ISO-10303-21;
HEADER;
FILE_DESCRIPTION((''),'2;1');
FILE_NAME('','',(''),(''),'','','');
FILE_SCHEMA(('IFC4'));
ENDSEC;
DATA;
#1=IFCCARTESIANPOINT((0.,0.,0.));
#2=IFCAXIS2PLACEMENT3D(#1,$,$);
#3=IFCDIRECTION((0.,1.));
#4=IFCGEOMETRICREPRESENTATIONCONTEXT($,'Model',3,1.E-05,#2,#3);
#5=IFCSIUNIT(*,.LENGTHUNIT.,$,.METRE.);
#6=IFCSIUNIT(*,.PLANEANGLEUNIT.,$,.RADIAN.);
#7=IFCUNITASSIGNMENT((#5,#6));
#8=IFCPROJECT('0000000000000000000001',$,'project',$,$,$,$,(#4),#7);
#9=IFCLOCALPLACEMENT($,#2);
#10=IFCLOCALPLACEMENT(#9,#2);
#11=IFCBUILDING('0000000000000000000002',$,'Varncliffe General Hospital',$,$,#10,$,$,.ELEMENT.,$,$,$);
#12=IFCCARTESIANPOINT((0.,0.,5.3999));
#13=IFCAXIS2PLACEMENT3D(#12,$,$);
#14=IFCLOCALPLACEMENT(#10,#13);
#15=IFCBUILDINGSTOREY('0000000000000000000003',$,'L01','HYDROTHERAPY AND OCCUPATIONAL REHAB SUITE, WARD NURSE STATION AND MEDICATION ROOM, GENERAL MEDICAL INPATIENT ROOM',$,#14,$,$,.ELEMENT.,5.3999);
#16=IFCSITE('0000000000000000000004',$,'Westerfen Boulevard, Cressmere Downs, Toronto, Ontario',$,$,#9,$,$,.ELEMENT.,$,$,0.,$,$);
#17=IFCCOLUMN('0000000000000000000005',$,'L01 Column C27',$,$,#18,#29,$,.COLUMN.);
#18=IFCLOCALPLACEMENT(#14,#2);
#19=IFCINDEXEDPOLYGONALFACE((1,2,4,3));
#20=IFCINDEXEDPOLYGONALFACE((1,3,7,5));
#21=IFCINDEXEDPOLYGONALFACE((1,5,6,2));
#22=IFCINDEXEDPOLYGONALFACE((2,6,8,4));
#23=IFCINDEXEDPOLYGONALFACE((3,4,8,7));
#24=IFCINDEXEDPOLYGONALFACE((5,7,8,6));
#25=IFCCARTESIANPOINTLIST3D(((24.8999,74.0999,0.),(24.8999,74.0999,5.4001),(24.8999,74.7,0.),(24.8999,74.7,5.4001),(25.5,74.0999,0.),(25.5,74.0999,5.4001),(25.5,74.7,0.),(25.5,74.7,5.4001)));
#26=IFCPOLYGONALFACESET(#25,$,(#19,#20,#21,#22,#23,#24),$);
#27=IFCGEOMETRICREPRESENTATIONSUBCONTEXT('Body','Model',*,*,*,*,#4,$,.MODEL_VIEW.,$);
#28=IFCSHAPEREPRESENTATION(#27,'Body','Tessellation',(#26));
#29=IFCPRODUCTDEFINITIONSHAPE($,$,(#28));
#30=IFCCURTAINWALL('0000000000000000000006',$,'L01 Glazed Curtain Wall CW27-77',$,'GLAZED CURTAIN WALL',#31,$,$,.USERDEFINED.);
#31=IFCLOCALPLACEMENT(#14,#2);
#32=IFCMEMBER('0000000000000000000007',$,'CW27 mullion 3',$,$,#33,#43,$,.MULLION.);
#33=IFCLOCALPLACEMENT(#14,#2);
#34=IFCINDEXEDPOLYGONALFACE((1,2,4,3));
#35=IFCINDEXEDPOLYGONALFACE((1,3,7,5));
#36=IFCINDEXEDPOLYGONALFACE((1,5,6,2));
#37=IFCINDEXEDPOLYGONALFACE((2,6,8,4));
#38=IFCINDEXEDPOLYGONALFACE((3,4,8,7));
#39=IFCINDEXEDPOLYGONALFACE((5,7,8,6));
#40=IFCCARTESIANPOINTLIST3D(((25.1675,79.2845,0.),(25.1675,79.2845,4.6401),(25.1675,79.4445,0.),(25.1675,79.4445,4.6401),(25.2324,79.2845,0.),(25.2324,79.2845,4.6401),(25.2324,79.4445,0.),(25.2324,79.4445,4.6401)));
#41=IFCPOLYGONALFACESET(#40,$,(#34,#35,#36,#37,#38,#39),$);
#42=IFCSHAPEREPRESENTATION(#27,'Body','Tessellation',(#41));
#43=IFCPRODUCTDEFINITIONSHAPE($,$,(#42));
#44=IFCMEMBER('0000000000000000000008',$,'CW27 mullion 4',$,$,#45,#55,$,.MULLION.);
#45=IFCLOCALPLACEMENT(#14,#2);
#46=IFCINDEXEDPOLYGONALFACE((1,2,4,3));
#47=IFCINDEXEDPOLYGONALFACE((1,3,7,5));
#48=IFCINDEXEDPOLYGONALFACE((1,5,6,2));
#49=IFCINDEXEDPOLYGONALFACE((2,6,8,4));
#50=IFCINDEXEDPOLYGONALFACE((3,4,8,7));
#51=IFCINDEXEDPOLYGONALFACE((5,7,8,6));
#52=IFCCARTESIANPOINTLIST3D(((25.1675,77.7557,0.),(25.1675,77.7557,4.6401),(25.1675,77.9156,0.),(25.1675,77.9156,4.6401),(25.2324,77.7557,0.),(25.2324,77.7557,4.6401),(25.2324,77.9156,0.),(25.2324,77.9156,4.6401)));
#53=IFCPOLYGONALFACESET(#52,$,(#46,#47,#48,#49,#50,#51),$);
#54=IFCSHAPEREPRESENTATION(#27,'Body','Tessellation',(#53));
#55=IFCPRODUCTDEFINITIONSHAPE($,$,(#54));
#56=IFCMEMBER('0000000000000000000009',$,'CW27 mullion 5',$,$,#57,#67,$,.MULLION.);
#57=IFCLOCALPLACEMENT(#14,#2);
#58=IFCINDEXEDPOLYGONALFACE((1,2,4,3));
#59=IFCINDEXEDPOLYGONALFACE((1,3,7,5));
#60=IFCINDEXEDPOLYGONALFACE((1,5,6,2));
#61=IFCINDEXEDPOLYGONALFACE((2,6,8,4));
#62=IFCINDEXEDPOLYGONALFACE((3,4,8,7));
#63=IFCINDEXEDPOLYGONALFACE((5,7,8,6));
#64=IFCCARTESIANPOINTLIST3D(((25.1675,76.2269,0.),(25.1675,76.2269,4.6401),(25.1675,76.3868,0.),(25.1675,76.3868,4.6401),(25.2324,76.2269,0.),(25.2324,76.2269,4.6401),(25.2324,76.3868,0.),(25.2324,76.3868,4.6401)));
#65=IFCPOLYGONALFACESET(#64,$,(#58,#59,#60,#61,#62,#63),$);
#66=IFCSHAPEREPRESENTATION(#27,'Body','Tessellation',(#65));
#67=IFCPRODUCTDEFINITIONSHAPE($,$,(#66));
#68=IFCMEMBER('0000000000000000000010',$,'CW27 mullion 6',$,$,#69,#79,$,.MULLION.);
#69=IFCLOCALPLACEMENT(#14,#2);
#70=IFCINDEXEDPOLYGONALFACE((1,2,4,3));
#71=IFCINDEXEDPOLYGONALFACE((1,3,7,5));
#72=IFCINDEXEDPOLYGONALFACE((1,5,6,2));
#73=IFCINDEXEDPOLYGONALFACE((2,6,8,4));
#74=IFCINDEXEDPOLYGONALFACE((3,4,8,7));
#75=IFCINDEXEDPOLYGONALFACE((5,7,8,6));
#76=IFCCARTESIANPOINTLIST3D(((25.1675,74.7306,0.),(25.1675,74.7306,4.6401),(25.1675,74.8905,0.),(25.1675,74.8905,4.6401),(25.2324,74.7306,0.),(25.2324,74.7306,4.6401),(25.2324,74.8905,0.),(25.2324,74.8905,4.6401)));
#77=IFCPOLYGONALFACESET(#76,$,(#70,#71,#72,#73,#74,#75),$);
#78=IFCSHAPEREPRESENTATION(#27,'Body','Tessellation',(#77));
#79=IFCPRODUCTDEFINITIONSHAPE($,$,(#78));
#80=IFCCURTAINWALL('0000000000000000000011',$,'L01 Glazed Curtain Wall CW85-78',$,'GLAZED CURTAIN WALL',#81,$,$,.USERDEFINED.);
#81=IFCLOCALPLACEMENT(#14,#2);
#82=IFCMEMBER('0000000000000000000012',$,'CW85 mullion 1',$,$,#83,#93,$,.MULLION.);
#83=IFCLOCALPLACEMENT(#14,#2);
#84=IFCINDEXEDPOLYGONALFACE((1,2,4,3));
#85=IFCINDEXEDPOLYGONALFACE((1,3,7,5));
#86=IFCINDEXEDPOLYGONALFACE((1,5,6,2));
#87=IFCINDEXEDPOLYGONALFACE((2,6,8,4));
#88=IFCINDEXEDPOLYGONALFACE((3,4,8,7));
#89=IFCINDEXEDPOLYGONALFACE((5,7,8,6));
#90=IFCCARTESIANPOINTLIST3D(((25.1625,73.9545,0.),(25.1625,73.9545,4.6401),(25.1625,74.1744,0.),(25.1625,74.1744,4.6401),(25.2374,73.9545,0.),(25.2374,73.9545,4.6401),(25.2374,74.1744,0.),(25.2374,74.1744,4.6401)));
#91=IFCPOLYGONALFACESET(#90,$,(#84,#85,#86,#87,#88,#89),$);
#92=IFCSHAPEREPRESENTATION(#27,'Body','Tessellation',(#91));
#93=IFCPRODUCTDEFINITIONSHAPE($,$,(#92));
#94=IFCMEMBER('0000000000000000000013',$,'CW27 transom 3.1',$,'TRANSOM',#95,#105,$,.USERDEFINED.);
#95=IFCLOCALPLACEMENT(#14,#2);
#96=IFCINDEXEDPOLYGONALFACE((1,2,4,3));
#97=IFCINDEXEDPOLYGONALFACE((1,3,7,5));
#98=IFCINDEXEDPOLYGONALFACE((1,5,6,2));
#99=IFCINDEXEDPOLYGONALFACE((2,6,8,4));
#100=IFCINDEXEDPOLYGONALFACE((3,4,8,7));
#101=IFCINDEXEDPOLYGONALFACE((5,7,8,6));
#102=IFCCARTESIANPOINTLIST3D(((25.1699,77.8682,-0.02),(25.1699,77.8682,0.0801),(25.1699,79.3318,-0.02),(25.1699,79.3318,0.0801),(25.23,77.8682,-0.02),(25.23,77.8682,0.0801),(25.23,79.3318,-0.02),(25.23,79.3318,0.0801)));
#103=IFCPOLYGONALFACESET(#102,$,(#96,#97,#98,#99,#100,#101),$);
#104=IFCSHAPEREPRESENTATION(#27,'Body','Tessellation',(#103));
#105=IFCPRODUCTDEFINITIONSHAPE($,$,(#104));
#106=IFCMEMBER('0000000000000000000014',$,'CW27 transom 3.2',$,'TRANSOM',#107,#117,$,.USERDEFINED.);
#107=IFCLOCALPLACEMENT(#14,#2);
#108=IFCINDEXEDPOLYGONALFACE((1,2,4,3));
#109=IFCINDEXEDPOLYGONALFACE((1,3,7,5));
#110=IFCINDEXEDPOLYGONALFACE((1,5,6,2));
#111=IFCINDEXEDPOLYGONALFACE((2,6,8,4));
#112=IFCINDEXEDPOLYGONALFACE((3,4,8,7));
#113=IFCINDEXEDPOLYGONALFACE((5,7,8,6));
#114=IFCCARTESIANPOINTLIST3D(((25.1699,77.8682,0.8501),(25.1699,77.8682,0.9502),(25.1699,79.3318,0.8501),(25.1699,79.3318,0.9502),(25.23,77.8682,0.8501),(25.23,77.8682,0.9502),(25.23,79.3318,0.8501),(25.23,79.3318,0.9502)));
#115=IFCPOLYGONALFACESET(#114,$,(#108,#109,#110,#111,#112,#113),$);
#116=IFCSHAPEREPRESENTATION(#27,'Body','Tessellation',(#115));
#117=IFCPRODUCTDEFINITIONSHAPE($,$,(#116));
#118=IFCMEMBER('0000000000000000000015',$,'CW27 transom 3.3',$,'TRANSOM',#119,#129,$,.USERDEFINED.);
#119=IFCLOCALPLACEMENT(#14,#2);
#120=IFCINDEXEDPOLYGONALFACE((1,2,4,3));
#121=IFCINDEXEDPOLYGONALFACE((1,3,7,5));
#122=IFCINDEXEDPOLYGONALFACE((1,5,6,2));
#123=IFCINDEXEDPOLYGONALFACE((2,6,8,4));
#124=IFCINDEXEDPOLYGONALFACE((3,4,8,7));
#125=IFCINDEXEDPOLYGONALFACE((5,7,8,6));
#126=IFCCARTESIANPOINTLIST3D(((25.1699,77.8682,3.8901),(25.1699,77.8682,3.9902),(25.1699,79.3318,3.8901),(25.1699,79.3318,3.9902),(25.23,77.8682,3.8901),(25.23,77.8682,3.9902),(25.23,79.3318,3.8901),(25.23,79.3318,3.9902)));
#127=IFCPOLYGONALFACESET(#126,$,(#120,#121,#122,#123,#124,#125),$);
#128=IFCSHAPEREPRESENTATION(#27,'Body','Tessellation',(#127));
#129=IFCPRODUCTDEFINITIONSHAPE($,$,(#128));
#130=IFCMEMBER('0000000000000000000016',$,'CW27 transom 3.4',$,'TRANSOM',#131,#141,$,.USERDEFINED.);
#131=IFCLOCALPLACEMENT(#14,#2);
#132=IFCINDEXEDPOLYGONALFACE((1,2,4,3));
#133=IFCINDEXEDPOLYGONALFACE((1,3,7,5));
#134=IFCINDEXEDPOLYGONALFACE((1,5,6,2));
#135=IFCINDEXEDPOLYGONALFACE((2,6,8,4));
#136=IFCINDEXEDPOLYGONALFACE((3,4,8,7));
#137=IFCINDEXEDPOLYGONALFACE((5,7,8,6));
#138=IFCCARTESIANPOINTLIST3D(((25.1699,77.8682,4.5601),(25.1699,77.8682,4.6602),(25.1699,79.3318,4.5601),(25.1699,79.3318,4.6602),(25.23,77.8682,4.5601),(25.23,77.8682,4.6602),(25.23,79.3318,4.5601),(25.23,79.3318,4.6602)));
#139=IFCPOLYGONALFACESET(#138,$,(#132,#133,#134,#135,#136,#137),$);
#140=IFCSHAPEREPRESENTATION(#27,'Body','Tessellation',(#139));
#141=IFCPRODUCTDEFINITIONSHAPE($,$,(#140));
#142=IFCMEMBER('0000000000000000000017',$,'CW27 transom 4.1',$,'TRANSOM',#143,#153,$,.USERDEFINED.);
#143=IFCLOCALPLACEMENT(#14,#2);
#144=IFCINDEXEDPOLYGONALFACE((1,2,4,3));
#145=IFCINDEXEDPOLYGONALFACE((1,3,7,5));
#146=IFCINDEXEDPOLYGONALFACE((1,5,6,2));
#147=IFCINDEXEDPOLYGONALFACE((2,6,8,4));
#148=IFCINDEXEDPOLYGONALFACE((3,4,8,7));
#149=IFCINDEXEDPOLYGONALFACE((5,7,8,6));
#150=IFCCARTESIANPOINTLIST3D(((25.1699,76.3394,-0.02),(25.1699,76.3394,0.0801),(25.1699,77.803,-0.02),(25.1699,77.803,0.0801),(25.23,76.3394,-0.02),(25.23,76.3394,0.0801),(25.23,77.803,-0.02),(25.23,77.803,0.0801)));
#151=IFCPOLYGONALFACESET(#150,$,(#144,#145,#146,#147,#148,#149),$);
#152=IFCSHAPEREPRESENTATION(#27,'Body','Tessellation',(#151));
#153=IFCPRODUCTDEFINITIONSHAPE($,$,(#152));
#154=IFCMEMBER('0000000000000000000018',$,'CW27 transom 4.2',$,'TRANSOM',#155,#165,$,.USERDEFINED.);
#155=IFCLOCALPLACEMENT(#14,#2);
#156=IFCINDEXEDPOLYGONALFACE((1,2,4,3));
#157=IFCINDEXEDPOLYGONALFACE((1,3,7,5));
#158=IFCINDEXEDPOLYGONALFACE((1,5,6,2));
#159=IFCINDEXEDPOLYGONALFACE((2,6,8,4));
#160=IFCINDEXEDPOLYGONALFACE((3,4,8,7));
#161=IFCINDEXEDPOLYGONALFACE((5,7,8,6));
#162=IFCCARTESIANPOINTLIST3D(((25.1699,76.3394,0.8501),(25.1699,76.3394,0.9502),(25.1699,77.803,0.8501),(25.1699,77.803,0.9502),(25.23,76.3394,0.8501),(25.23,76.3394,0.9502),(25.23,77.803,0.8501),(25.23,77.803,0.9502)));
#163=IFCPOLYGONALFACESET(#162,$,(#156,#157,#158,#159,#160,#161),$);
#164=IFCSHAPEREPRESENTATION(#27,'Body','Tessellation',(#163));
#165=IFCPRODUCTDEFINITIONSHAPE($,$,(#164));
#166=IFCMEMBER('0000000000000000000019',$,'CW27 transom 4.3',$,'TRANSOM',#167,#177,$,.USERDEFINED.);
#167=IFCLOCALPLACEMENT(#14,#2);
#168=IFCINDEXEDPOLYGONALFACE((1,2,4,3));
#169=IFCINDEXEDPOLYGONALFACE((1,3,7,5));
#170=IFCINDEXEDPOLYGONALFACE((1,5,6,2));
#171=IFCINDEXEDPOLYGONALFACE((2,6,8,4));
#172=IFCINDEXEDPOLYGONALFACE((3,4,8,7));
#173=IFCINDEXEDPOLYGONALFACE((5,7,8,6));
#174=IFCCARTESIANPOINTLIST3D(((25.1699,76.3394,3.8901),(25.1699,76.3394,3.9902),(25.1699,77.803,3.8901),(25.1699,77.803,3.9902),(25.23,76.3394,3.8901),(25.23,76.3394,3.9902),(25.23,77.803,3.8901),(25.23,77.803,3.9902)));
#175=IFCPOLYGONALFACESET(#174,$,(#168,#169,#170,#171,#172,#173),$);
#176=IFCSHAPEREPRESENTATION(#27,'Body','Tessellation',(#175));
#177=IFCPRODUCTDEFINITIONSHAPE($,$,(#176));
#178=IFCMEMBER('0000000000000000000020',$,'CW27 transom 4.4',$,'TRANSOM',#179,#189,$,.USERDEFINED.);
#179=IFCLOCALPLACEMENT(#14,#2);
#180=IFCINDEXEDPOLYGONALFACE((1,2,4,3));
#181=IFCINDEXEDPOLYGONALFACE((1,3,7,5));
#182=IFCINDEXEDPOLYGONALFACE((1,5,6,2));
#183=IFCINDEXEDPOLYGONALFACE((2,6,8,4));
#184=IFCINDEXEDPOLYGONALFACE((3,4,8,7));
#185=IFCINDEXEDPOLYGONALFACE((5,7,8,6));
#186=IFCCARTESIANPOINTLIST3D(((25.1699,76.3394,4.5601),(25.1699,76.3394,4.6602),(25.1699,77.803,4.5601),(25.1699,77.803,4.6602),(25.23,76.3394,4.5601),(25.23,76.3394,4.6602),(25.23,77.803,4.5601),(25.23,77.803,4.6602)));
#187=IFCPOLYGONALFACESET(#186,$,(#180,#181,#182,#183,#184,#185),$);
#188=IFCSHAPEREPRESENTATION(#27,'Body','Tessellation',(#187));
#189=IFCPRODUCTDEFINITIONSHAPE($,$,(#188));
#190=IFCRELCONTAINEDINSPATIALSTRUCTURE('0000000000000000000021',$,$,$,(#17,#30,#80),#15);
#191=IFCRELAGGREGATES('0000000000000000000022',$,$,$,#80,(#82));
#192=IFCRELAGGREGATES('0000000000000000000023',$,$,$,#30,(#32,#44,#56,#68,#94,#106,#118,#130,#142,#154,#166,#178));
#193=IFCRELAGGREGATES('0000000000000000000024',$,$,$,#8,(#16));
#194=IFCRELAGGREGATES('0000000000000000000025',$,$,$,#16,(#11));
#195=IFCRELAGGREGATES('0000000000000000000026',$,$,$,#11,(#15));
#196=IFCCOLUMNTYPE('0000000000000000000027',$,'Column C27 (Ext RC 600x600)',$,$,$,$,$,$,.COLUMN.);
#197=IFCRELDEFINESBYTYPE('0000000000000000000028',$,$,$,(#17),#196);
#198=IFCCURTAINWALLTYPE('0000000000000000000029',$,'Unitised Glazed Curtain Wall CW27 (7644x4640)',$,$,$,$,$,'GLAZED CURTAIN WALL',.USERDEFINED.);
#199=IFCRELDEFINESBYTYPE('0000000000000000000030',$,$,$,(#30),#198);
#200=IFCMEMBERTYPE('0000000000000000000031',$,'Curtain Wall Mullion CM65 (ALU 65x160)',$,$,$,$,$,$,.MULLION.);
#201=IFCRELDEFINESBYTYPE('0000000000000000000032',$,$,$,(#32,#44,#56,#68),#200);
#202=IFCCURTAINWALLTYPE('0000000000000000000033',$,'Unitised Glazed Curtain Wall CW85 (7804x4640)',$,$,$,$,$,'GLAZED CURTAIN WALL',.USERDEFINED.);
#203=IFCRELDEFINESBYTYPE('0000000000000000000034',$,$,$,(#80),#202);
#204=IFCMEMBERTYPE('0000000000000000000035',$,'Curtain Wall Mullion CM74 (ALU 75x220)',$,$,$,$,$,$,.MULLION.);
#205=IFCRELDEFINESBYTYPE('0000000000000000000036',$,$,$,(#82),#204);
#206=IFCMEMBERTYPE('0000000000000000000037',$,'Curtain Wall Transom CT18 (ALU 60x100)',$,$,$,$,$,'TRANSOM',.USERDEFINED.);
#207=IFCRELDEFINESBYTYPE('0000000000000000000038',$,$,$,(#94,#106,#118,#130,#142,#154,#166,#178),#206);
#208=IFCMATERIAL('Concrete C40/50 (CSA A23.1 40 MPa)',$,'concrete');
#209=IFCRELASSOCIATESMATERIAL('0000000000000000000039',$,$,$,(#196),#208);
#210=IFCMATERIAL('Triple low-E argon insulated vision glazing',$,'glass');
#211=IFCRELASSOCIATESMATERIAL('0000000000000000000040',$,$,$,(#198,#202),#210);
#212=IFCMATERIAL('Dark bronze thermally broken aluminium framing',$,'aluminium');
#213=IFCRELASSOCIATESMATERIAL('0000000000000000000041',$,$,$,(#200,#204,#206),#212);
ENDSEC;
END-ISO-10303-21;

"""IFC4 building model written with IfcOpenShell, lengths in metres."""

from ifc_helpers import new_model, si_unit, direction, frame, origin, origin_2d, place, context, subcontext, project, spatial, rectangle, extrude, material, material_profile, profile_set, type_object, element, aggregate, save


model = new_model("IFC4")

# Units and contexts
model_context = context("Model", 3, precision=1e-05, world=origin(), true_north=direction((0.0, 1.0)))
body_context = subcontext(model_context, "Body", "Model", "MODEL_VIEW")
ifc_project = project(units=[si_unit("LENGTHUNIT", "METRE"), si_unit("PLANEANGLEUNIT", "RADIAN")], contexts=[model_context])

# Site, building, storey
site_placement = place(None, origin())
site = spatial("IfcSite", under=ifc_project, at=site_placement, Name="Westerfen Boulevard, Cressmere Downs, Toronto, Ontario", CompositionType="ELEMENT", RefElevation=0.0)
building_placement = place(site_placement, origin())
building = spatial("IfcBuilding", under=site, at=building_placement, Name="Varncliffe General Hospital", CompositionType="ELEMENT")
storey_placement = place(building_placement, frame((0.0, 0.0, 5.3999)))
storey = spatial("IfcBuildingStorey", under=building, at=storey_placement, Name="L01", Description="HYDROTHERAPY AND OCCUPATIONAL REHAB SUITE, WARD NURSE STATION AND MEDICATION ROOM, GENERAL MEDICAL INPATIENT ROOM", CompositionType="ELEMENT", Elevation=5.3999)

# Column
ifc_material_1 = material(Name="Concrete C40/50 (CSA A23.1 40 MPa)", Category="concrete")
ifc_material_profile_1 = material_profile(ifc_material_1, rectangle(XDim=0.6001, YDim=0.6001, at=origin_2d()), Name="RC 600x600")
ifc_profile_set_1 = profile_set([ifc_material_profile_1], Name="Concrete C40/50 (CSA A23.1 40 MPa)")
column_type = type_object("IfcColumnType", Name="Column C27 (Ext RC 600x600)", PredefinedType="COLUMN", material=ifc_profile_set_1)
column_placement = place(storey_placement, frame((25.2, 74.3999, 0.0), z_axis=(0.0, 0.0, 1.0), x_axis=(1.0, 0.0, 0.0)))
element("IfcColumn", 1, at=column_placement, inside=storey, type_object=column_type, Name="L01 Column C27", PredefinedType="COLUMN", context=body_context, shape_type="SweptSolid", body=[
    extrude(rectangle(XDim=0.6001, YDim=0.6001, at=origin_2d()), origin(), (0.0, 0.0, 1.0), 5.4001),
])

# Curtain wall, members
ifc_material_2 = material(Name="Triple low-E argon insulated vision glazing", Category="glass")
curtain_wall_type_1 = type_object("IfcCurtainWallType", Name="Unitised Glazed Curtain Wall CW27 (7644x4640)", ElementType="GLAZED CURTAIN WALL", PredefinedType="USERDEFINED", material=ifc_material_2)
curtain_wall_1_placement = place(storey_placement, origin())
curtain_wall_1 = element("IfcCurtainWall", 2, at=curtain_wall_1_placement, inside=storey, type_object=curtain_wall_type_1, Name="L01 Glazed Curtain Wall CW27-77", ObjectType="GLAZED CURTAIN WALL", PredefinedType="USERDEFINED")
ifc_material_3 = material(Name="Dark bronze thermally broken aluminium framing", Category="aluminium")
ifc_material_profile_2 = material_profile(ifc_material_3, rectangle(XDim=0.0649, YDim=0.1599, at=origin_2d()), Name="ALU 65x160")
ifc_profile_set_2 = profile_set([ifc_material_profile_2], Name="Dark bronze thermally broken aluminium framing")
member_type_1 = type_object("IfcMemberType", Name="Curtain Wall Mullion CM65 (ALU 65x160)", PredefinedType="MULLION", material=ifc_profile_set_2)
member_1_placement = place(storey_placement, frame((25.2, 79.3645, 0.0), z_axis=(0.0, 0.0, 1.0), x_axis=(1.0, 0.0, 0.0)))
member_1 = element("IfcMember", 3, at=member_1_placement, type_object=member_type_1, Name="CW27 mullion 3", PredefinedType="MULLION", context=body_context, shape_type="SweptSolid", body=[
    extrude(rectangle(XDim=0.0649, YDim=0.1599, at=origin_2d()), origin(), (0.0, 0.0, 1.0), 4.6401),
])
member_2_placement = place(storey_placement, frame((25.2, 77.8357, 0.0), z_axis=(0.0, 0.0, 1.0), x_axis=(1.0, 0.0, 0.0)))
member_2 = element("IfcMember", 4, at=member_2_placement, type_object=member_type_1, Name="CW27 mullion 4", PredefinedType="MULLION", context=body_context, shape_type="SweptSolid", body=[
    extrude(rectangle(XDim=0.0649, YDim=0.1599, at=origin_2d()), origin(), (0.0, 0.0, 1.0), 4.6401),
])
member_3_placement = place(storey_placement, frame((25.2, 76.3069, 0.0), z_axis=(0.0, 0.0, 1.0), x_axis=(1.0, 0.0, 0.0)))
member_3 = element("IfcMember", 5, at=member_3_placement, type_object=member_type_1, Name="CW27 mullion 5", PredefinedType="MULLION", context=body_context, shape_type="SweptSolid", body=[
    extrude(rectangle(XDim=0.0649, YDim=0.1599, at=origin_2d()), origin(), (0.0, 0.0, 1.0), 4.6401),
])
member_4_placement = place(storey_placement, frame((25.2, 74.8105, 0.0), z_axis=(0.0, 0.0, 1.0), x_axis=(1.0, 0.0, 0.0)))
member_4 = element("IfcMember", 6, at=member_4_placement, type_object=member_type_1, Name="CW27 mullion 6", PredefinedType="MULLION", context=body_context, shape_type="SweptSolid", body=[
    extrude(rectangle(XDim=0.0649, YDim=0.1599, at=origin_2d()), origin(), (0.0, 0.0, 1.0), 4.6401),
])

# Curtain wall, member
curtain_wall_type_2 = type_object("IfcCurtainWallType", Name="Unitised Glazed Curtain Wall CW85 (7804x4640)", ElementType="GLAZED CURTAIN WALL", PredefinedType="USERDEFINED", material=ifc_material_2)
curtain_wall_2_placement = place(storey_placement, origin())
curtain_wall_2 = element("IfcCurtainWall", 7, at=curtain_wall_2_placement, inside=storey, type_object=curtain_wall_type_2, Name="L01 Glazed Curtain Wall CW85-78", ObjectType="GLAZED CURTAIN WALL", PredefinedType="USERDEFINED")
ifc_material_profile_3 = material_profile(ifc_material_3, rectangle(XDim=0.075, YDim=0.22, at=origin_2d()), Name="ALU 75x220")
ifc_profile_set_3 = profile_set([ifc_material_profile_3], Name="Dark bronze thermally broken aluminium framing")
member_type_2 = type_object("IfcMemberType", Name="Curtain Wall Mullion CM74 (ALU 75x220)", PredefinedType="MULLION", material=ifc_profile_set_3)
member_5_placement = place(storey_placement, frame((25.2, 74.0645, 0.0), z_axis=(0.0, 0.0, 1.0), x_axis=(1.0, 0.0, 0.0)))
member_5 = element("IfcMember", 8, at=member_5_placement, type_object=member_type_2, Name="CW85 mullion 1", PredefinedType="MULLION", context=body_context, shape_type="SweptSolid", body=[
    extrude(rectangle(XDim=0.075, YDim=0.22, at=origin_2d()), origin(), (0.0, 0.0, 1.0), 4.6401),
])

# Members
ifc_material_profile_4 = material_profile(ifc_material_3, rectangle(XDim=0.0601, YDim=0.1001, at=origin_2d()), Name="ALU 60x100")
ifc_profile_set_4 = profile_set([ifc_material_profile_4], Name="Dark bronze thermally broken aluminium framing")
member_type_3 = type_object("IfcMemberType", Name="Curtain Wall Transom CT18 (ALU 60x100)", ElementType="TRANSOM", PredefinedType="USERDEFINED", material=ifc_profile_set_4)
member_6_placement = place(storey_placement, frame((25.2, 79.3318, 0.03), z_axis=(0.0, -1.0, 0.0), x_axis=(1.0, 0.0, 0.0)))
member_6 = element("IfcMember", 9, at=member_6_placement, type_object=member_type_3, Name="CW27 transom 3.1", ObjectType="TRANSOM", PredefinedType="USERDEFINED", context=body_context, shape_type="SweptSolid", body=[
    extrude(rectangle(XDim=0.0601, YDim=0.1001, at=origin_2d()), origin(), (0.0, 0.0, 1.0), 1.4636),
])
member_7_placement = place(storey_placement, frame((25.2, 79.3318, 0.9001), z_axis=(0.0, -1.0, 0.0), x_axis=(1.0, 0.0, 0.0)))
member_7 = element("IfcMember", 10, at=member_7_placement, type_object=member_type_3, Name="CW27 transom 3.2", ObjectType="TRANSOM", PredefinedType="USERDEFINED", context=body_context, shape_type="SweptSolid", body=[
    extrude(rectangle(XDim=0.0601, YDim=0.1001, at=origin_2d()), origin(), (0.0, 0.0, 1.0), 1.4636),
])
member_8_placement = place(storey_placement, frame((25.2, 79.3318, 3.9402), z_axis=(0.0, -1.0, 0.0), x_axis=(1.0, 0.0, 0.0)))
member_8 = element("IfcMember", 11, at=member_8_placement, type_object=member_type_3, Name="CW27 transom 3.3", ObjectType="TRANSOM", PredefinedType="USERDEFINED", context=body_context, shape_type="SweptSolid", body=[
    extrude(rectangle(XDim=0.0601, YDim=0.1001, at=origin_2d()), origin(), (0.0, 0.0, 1.0), 1.4636),
])
member_9_placement = place(storey_placement, frame((25.2, 79.3318, 4.6101), z_axis=(0.0, -1.0, 0.0), x_axis=(1.0, 0.0, 0.0)))
member_9 = element("IfcMember", 12, at=member_9_placement, type_object=member_type_3, Name="CW27 transom 3.4", ObjectType="TRANSOM", PredefinedType="USERDEFINED", context=body_context, shape_type="SweptSolid", body=[
    extrude(rectangle(XDim=0.0601, YDim=0.1001, at=origin_2d()), origin(), (0.0, 0.0, 1.0), 1.4636),
])
member_10_placement = place(storey_placement, frame((25.2, 77.803, 0.03), z_axis=(0.0, -1.0, 0.0), x_axis=(1.0, 0.0, 0.0)))
member_10 = element("IfcMember", 13, at=member_10_placement, type_object=member_type_3, Name="CW27 transom 4.1", ObjectType="TRANSOM", PredefinedType="USERDEFINED", context=body_context, shape_type="SweptSolid", body=[
    extrude(rectangle(XDim=0.0601, YDim=0.1001, at=origin_2d()), origin(), (0.0, 0.0, 1.0), 1.4636),
])
member_11_placement = place(storey_placement, frame((25.2, 77.803, 0.9001), z_axis=(0.0, -1.0, 0.0), x_axis=(1.0, 0.0, 0.0)))
member_11 = element("IfcMember", 14, at=member_11_placement, type_object=member_type_3, Name="CW27 transom 4.2", ObjectType="TRANSOM", PredefinedType="USERDEFINED", context=body_context, shape_type="SweptSolid", body=[
    extrude(rectangle(XDim=0.0601, YDim=0.1001, at=origin_2d()), origin(), (0.0, 0.0, 1.0), 1.4636),
])
member_12_placement = place(storey_placement, frame((25.2, 77.803, 3.9402), z_axis=(0.0, -1.0, 0.0), x_axis=(1.0, 0.0, 0.0)))
member_12 = element("IfcMember", 15, at=member_12_placement, type_object=member_type_3, Name="CW27 transom 4.3", ObjectType="TRANSOM", PredefinedType="USERDEFINED", context=body_context, shape_type="SweptSolid", body=[
    extrude(rectangle(XDim=0.0601, YDim=0.1001, at=origin_2d()), origin(), (0.0, 0.0, 1.0), 1.4636),
])
member_13_placement = place(storey_placement, frame((25.2, 77.803, 4.6101), z_axis=(0.0, -1.0, 0.0), x_axis=(1.0, 0.0, 0.0)))
member_13 = element("IfcMember", 16, at=member_13_placement, type_object=member_type_3, Name="CW27 transom 4.4", ObjectType="TRANSOM", PredefinedType="USERDEFINED", context=body_context, shape_type="SweptSolid", body=[
    extrude(rectangle(XDim=0.0601, YDim=0.1001, at=origin_2d()), origin(), (0.0, 0.0, 1.0), 1.4636),
])

aggregate(curtain_wall_2, [member_5])
aggregate(curtain_wall_1, [member_1, member_2, member_3, member_4, member_6, member_7, member_8, member_9, member_10, member_11, member_12, member_13])

save(model, "model.ifc")
